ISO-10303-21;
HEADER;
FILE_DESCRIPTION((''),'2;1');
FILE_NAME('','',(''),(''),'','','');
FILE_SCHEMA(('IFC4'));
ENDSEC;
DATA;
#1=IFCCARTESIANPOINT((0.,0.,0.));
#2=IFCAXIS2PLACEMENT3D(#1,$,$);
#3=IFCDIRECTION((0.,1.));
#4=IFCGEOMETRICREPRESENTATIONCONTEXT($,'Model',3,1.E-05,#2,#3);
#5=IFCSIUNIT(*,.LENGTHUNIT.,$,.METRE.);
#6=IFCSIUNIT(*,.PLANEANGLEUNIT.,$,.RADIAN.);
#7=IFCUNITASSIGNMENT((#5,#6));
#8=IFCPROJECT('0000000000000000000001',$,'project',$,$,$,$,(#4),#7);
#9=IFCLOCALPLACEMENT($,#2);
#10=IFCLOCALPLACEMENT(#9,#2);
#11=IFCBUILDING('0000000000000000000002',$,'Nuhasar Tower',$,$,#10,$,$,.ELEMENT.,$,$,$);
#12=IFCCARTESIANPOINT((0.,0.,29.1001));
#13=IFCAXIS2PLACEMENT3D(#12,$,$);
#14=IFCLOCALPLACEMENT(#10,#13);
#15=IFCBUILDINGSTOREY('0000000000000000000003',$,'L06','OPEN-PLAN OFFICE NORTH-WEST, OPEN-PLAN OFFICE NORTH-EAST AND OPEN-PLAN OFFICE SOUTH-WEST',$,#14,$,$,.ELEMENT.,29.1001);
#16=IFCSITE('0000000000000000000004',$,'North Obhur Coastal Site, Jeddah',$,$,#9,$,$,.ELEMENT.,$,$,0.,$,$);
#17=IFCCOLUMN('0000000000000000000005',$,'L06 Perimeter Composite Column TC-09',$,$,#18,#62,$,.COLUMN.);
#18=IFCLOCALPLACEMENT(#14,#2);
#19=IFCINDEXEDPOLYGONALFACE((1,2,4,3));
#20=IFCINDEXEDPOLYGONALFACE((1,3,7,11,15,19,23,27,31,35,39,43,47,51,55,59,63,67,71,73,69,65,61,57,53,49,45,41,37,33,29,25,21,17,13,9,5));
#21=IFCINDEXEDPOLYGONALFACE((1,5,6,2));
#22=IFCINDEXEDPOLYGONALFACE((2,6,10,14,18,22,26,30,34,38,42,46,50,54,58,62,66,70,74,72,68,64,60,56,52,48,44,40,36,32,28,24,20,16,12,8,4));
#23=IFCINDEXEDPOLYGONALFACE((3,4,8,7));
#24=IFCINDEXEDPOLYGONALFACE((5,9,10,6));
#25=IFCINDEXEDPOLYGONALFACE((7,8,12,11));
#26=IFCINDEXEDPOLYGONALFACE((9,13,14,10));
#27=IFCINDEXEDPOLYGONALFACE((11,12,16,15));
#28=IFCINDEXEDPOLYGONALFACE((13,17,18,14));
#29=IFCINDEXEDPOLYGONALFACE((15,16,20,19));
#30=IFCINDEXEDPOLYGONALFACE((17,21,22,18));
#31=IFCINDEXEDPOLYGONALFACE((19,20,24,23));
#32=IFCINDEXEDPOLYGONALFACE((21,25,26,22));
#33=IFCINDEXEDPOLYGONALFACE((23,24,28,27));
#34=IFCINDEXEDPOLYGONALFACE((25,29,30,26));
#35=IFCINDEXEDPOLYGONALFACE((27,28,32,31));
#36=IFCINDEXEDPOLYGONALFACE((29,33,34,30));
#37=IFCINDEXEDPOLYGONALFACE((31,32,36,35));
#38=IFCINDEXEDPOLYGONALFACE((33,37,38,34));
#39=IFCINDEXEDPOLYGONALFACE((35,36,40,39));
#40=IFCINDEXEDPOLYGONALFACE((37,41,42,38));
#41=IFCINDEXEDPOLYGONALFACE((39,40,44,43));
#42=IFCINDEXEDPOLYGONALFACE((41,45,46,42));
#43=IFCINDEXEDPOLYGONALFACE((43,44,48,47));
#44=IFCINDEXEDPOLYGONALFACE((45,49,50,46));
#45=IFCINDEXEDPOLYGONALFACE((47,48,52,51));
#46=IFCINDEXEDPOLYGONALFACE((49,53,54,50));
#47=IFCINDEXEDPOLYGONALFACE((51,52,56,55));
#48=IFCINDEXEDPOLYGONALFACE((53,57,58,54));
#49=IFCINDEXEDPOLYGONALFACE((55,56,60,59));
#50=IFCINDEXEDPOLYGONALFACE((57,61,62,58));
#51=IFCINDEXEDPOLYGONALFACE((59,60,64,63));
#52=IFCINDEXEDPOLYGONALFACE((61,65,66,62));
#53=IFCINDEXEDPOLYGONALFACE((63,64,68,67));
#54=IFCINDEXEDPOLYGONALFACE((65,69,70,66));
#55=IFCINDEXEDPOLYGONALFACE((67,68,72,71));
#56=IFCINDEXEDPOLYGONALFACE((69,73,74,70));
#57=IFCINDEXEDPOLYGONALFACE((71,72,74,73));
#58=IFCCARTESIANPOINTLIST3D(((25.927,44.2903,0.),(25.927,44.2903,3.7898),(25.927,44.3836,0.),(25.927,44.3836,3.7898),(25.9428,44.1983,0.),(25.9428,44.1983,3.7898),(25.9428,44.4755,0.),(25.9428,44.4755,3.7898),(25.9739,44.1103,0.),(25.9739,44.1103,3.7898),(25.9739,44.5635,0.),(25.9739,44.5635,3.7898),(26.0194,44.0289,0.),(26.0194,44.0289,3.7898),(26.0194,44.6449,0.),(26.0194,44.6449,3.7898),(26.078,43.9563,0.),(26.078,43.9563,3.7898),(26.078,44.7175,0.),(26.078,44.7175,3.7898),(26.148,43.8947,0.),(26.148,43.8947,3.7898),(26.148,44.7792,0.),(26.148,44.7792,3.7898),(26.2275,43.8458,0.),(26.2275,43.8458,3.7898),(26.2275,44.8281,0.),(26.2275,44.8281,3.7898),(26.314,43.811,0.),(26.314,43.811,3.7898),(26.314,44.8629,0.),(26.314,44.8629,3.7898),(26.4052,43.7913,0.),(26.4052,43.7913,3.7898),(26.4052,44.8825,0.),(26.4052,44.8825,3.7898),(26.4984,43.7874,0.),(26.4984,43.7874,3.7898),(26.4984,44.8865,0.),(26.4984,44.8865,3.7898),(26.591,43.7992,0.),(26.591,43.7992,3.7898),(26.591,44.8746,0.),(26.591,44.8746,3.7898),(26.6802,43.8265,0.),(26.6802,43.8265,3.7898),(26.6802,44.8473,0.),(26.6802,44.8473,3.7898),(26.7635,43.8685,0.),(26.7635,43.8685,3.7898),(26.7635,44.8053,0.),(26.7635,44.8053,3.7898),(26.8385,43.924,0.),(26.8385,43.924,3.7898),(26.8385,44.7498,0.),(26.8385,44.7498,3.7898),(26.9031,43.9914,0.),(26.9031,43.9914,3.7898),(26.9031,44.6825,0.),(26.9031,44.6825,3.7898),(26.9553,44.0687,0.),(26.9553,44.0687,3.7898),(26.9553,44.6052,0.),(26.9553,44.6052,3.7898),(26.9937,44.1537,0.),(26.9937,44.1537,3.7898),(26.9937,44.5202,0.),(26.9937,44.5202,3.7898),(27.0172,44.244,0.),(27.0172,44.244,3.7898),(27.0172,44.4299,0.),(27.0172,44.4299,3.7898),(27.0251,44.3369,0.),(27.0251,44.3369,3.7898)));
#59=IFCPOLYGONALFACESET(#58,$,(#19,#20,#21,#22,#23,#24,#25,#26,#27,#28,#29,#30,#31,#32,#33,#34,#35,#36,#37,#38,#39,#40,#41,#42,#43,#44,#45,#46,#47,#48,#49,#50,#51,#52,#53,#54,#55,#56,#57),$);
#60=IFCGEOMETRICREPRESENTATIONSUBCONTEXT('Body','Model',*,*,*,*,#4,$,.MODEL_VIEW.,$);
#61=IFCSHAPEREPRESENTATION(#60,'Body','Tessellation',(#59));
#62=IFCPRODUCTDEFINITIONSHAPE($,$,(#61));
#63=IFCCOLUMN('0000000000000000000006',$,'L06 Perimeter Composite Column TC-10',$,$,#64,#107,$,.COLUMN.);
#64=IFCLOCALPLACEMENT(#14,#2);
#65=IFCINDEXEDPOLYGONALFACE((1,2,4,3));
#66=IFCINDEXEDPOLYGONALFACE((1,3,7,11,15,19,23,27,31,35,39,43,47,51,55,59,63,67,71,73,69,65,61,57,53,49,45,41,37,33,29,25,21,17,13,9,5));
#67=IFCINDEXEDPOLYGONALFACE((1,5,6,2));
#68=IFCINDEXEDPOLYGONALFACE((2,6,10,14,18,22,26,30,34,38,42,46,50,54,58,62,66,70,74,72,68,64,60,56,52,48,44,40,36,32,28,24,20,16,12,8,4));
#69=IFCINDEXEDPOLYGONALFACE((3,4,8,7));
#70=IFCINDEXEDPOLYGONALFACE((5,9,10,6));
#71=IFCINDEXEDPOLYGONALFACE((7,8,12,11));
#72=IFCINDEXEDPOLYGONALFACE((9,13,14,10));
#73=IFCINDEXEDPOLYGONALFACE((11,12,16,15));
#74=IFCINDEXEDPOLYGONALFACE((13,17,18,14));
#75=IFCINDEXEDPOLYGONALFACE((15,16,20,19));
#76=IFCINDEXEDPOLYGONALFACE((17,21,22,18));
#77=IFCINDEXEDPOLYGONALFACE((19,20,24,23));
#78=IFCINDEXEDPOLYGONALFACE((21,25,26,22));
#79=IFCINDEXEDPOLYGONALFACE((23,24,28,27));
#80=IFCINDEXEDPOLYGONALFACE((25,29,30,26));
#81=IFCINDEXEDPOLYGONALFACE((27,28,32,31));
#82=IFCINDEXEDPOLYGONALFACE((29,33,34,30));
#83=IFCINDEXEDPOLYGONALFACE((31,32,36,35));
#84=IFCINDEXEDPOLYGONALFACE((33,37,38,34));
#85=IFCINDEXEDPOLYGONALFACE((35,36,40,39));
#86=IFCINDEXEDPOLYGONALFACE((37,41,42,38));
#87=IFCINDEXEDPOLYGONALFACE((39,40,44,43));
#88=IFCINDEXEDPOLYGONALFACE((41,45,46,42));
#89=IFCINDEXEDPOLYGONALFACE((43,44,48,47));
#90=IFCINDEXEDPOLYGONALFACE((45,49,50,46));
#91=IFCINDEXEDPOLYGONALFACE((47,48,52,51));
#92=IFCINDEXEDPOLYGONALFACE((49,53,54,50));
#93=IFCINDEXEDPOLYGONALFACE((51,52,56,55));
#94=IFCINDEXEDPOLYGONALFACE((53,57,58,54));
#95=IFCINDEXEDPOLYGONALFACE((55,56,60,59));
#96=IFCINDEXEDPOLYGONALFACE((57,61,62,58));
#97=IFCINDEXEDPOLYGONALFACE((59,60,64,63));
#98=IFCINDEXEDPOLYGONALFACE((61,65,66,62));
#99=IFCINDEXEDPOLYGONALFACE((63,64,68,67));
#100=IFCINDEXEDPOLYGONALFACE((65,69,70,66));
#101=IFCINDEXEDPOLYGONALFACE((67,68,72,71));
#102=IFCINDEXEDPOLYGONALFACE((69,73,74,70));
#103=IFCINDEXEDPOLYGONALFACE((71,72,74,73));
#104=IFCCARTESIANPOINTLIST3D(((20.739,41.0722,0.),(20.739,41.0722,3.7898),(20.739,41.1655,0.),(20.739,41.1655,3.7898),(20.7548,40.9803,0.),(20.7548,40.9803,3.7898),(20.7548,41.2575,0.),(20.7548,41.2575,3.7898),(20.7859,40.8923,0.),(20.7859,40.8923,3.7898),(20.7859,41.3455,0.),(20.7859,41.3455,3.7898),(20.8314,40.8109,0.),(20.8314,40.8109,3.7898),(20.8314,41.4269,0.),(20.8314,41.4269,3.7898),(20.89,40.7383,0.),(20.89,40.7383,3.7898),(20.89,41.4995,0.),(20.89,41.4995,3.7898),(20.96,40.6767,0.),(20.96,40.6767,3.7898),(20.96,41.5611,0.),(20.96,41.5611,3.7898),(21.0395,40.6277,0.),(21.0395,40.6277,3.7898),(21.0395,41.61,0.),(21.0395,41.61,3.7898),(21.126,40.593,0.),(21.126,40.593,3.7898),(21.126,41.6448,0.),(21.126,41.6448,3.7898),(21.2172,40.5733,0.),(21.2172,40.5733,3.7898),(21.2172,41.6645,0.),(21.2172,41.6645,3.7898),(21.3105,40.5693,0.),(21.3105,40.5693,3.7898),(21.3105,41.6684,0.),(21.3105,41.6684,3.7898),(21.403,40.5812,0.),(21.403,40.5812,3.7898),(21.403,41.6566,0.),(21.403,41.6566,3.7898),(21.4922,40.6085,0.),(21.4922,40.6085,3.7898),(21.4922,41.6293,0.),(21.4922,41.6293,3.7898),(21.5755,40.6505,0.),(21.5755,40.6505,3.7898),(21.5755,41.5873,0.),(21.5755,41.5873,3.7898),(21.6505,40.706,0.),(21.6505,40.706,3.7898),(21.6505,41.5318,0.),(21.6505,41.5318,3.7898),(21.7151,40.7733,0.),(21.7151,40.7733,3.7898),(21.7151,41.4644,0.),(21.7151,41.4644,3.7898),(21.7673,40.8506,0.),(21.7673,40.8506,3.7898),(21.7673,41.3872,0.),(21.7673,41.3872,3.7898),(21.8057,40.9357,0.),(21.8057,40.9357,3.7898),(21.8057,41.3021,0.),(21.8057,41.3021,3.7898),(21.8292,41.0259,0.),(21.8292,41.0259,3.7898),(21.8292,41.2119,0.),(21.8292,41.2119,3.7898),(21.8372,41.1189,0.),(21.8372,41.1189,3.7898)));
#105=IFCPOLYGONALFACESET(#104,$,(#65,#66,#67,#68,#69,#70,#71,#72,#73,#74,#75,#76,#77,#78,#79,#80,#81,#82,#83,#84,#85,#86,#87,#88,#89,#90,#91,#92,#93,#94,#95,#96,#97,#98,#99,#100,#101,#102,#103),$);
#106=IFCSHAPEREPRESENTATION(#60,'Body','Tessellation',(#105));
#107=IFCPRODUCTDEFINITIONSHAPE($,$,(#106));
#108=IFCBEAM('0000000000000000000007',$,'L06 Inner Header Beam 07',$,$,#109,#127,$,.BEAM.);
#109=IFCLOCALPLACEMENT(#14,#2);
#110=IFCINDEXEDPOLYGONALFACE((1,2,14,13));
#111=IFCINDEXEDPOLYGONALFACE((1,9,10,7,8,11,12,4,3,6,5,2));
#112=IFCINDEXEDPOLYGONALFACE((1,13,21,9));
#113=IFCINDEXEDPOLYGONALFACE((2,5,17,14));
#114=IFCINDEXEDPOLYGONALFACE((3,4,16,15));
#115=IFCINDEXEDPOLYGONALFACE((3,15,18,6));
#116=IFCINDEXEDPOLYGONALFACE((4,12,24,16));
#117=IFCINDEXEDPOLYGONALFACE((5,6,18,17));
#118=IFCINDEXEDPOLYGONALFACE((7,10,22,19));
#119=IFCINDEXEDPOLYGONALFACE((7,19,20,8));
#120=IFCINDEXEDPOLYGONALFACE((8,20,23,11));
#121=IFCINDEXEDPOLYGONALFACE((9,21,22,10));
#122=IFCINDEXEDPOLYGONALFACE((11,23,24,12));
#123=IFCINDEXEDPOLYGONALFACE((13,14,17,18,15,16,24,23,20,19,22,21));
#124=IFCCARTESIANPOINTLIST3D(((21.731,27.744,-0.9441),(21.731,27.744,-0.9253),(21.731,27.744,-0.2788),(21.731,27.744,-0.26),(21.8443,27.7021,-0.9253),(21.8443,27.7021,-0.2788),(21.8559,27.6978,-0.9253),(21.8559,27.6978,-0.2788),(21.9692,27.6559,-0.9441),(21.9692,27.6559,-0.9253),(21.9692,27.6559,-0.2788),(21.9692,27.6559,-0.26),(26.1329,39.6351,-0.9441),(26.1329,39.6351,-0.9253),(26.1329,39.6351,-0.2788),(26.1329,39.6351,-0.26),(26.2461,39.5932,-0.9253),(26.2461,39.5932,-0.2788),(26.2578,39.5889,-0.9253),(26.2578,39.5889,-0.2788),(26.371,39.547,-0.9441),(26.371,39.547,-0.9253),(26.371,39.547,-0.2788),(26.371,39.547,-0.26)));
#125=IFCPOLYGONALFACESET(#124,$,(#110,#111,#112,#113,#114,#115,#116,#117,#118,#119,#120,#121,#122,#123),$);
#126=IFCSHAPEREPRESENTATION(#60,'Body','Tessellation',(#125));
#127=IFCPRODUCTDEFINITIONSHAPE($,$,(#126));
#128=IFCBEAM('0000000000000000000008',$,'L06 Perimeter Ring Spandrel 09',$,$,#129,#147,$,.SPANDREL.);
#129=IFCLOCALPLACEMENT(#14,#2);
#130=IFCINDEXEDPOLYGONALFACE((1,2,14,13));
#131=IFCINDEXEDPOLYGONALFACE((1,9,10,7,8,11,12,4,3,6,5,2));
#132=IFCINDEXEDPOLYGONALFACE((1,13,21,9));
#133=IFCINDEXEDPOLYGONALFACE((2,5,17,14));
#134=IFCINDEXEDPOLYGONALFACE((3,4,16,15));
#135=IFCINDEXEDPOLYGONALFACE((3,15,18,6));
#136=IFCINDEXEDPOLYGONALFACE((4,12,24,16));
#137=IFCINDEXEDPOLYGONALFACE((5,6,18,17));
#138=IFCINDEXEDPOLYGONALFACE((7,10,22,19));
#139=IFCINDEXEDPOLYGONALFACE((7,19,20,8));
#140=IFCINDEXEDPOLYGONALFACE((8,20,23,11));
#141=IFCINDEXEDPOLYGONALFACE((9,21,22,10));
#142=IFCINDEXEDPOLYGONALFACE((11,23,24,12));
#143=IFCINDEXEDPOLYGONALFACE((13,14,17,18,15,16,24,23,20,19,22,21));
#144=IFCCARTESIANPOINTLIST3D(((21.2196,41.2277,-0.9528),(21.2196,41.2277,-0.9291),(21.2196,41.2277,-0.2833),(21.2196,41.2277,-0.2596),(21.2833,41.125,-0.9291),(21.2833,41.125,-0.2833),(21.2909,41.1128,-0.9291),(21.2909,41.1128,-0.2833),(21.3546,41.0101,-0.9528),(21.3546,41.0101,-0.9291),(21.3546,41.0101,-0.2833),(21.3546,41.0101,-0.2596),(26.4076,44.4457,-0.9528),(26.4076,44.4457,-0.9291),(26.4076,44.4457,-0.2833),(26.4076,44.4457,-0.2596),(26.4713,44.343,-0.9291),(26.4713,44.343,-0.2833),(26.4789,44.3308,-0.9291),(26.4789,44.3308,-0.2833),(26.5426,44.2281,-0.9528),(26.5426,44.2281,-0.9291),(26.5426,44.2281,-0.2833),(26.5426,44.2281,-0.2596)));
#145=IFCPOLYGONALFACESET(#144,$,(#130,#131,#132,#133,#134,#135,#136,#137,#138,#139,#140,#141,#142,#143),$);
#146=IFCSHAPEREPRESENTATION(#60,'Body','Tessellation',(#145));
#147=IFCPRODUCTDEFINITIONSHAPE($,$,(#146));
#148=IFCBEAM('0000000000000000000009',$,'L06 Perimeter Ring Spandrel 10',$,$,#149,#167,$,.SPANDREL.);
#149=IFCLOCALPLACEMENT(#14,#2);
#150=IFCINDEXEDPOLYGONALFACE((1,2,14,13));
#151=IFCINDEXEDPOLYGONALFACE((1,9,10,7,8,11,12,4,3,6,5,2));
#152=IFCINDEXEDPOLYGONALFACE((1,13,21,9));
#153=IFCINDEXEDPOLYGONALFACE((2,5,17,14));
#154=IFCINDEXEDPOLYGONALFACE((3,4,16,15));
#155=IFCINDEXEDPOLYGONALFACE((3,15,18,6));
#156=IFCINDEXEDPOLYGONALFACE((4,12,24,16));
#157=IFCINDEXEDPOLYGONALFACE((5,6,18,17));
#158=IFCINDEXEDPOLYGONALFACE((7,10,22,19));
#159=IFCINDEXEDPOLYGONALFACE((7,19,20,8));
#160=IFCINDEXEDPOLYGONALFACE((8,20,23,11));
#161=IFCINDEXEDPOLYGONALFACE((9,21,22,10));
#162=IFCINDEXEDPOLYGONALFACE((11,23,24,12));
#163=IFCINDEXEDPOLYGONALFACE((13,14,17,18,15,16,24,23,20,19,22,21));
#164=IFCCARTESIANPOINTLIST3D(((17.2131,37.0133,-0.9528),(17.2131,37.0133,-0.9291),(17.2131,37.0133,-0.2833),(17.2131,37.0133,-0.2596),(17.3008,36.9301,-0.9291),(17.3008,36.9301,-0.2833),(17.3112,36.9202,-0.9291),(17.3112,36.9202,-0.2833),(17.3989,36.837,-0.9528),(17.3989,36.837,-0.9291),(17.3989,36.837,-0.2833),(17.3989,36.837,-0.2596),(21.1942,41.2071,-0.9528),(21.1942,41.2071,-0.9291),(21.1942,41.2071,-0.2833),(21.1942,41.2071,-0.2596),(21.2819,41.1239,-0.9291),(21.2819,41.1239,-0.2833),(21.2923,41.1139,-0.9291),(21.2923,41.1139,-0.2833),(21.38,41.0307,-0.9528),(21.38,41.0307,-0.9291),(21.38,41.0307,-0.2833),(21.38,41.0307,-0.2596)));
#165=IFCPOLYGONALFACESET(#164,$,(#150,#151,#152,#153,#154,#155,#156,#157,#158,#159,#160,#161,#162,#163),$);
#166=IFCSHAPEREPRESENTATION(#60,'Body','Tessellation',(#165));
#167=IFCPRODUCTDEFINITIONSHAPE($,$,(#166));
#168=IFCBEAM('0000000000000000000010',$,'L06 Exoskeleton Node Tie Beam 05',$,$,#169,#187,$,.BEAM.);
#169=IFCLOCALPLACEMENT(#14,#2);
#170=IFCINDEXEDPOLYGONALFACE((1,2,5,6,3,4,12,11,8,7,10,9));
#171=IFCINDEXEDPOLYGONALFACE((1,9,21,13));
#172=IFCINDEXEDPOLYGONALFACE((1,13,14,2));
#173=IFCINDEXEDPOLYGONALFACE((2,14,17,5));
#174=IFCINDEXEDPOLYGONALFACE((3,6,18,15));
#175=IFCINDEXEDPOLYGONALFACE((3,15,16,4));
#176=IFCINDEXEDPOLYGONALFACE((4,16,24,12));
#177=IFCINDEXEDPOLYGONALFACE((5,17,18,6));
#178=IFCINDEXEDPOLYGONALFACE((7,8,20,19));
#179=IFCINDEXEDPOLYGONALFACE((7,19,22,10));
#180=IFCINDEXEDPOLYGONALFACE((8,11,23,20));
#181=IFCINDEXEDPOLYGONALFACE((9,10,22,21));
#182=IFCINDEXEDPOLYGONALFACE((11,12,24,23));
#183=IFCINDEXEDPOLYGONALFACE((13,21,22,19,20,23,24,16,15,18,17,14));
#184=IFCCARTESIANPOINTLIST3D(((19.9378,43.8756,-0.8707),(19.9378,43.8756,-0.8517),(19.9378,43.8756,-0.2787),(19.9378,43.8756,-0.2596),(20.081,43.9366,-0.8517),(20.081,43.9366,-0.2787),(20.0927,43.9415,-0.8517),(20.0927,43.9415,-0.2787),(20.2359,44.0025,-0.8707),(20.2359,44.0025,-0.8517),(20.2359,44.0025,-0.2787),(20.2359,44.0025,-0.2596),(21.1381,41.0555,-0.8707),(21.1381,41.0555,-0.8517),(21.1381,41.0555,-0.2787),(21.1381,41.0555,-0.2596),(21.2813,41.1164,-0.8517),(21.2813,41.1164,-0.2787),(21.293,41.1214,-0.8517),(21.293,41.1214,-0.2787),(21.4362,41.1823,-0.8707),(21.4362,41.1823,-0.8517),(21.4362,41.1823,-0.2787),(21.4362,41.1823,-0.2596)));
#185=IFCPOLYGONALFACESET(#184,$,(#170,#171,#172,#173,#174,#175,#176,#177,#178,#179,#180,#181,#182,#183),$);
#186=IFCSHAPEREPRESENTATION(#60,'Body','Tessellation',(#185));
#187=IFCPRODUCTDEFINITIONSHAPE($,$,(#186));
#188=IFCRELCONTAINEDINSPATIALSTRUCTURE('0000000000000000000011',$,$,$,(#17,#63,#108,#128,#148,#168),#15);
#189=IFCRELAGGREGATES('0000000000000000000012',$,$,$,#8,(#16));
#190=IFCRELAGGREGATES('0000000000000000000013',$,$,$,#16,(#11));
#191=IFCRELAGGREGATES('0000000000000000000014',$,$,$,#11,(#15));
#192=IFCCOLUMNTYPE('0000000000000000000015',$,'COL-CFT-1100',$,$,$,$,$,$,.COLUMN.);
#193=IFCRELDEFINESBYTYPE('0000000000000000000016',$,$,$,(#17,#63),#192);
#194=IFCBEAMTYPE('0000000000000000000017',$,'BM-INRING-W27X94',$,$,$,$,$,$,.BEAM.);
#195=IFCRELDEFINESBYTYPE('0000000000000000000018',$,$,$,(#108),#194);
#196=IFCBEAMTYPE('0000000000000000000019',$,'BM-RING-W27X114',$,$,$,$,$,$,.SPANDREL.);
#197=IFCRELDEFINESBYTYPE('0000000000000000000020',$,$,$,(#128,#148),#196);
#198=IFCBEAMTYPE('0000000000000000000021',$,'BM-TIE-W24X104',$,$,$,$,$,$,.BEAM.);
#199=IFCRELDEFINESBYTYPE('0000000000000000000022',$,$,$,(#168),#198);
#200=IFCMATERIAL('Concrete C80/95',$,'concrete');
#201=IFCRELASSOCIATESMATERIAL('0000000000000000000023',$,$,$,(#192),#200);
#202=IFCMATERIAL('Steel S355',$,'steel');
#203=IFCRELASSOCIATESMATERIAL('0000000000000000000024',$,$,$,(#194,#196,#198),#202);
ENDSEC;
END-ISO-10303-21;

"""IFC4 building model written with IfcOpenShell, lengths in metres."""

from ifc_helpers import new_model, si_unit, direction, frame, origin, origin_2d, place, context, subcontext, project, spatial, circle, i_section, extrude, material, material_profile, profile_set, type_object, element, save


model = new_model("IFC4")

# Units and contexts
model_context = context("Model", 3, precision=1e-05, world=origin(), true_north=direction((0.0, 1.0)))
body_context = subcontext(model_context, "Body", "Model", "MODEL_VIEW")
ifc_project = project(units=[si_unit("LENGTHUNIT", "METRE"), si_unit("PLANEANGLEUNIT", "RADIAN")], contexts=[model_context])

# Site, building, storey
site_placement = place(None, origin())
site = spatial("IfcSite", under=ifc_project, at=site_placement, Name="North Obhur Coastal Site, Jeddah", CompositionType="ELEMENT", RefElevation=0.0)
building_placement = place(site_placement, origin())
building = spatial("IfcBuilding", under=site, at=building_placement, Name="Nuhasar Tower", CompositionType="ELEMENT")
storey_placement = place(building_placement, frame((0.0, 0.0, 29.1001)))
storey = spatial("IfcBuildingStorey", under=building, at=storey_placement, Name="L06", Description="OPEN-PLAN OFFICE NORTH-WEST, OPEN-PLAN OFFICE NORTH-EAST AND OPEN-PLAN OFFICE SOUTH-WEST", CompositionType="ELEMENT", Elevation=29.1001)

# Columns
ifc_material_1 = material(Name="Concrete C80/95", Category="concrete")
ifc_material_profile_1 = material_profile(ifc_material_1, circle(Radius=0.55, at=origin_2d()), Name="CFT1100")
ifc_profile_set_1 = profile_set([ifc_material_profile_1], Name="Concrete C80/95")
column_type = type_object("IfcColumnType", Name="COL-CFT-1100", PredefinedType="COLUMN", material=ifc_profile_set_1)
for number, where, z_axis, x_axis, name in (
    (1, (26.4751, 44.3369, 0.0), (0.0, 0.0, 1.0), (1.0, 0.0, 0.0), "L06 Perimeter Composite Column TC-09"),
    (2, (21.2871, 41.1189, 0.0), (0.0, 0.0, 1.0), (1.0, 0.0, 0.0), "L06 Perimeter Composite Column TC-10"),
):
    element("IfcColumn", number, at=place(storey_placement, frame(where, z_axis=z_axis, x_axis=x_axis)), inside=storey, type_object=column_type, Name=name, PredefinedType="COLUMN", context=body_context, shape_type="SweptSolid", body=[
        extrude(circle(Radius=0.55, at=origin_2d()), origin(), (0.0, 0.0, 1.0), 3.7898),
    ])

# Beams
ifc_material_2 = material(Name="Steel S355", Category="steel")
ifc_material_profile_2 = material_profile(ifc_material_2, i_section(OverallWidth=0.2539, OverallDepth=0.6841, WebThickness=0.0125, FlangeThickness=0.0188, at=origin_2d()), Name="W27X94")
ifc_profile_set_2 = profile_set([ifc_material_profile_2], Name="Steel S355")
beam_type_1 = type_object("IfcBeamType", Name="BM-INRING-W27X94", PredefinedType="BEAM", material=ifc_profile_set_2)
beam_1_placement = place(storey_placement, frame((26.252, 39.5911, -0.6021), z_axis=(-0.347158, -0.937807, 0.0), x_axis=(0.937807, -0.347158, 0.0)))
element("IfcBeam", 3, at=beam_1_placement, inside=storey, type_object=beam_type_1, Name="L06 Inner Header Beam 07", PredefinedType="BEAM", context=body_context, shape_type="SweptSolid", body=[
    extrude(i_section(OverallWidth=0.2539, OverallDepth=0.6841, WebThickness=0.0125, FlangeThickness=0.0188, at=origin_2d()), origin(), (0.0, 0.0, 1.0), 12.6797),
])
ifc_material_profile_3 = material_profile(ifc_material_2, i_section(OverallWidth=0.2561, OverallDepth=0.6931, WebThickness=0.0144, FlangeThickness=0.0237, at=origin_2d()), Name="W27X114")
ifc_profile_set_3 = profile_set([ifc_material_profile_3], Name="Steel S355")
beam_type_2 = type_object("IfcBeamType", Name="BM-RING-W27X114", PredefinedType="SPANDREL", material=ifc_profile_set_3)
beam_2_placement = place(storey_placement, frame((26.4751, 44.3369, -0.6062), z_axis=(-0.849795, -0.527113, 0.0), x_axis=(0.527113, -0.849795, 0.0)))
element("IfcBeam", 4, at=beam_2_placement, inside=storey, type_object=beam_type_2, Name="L06 Perimeter Ring Spandrel 09", PredefinedType="SPANDREL", context=body_context, shape_type="SweptSolid", body=[
    extrude(i_section(OverallWidth=0.2561, OverallDepth=0.6931, WebThickness=0.0144, FlangeThickness=0.0237, at=origin_2d()), origin(), (0.0, 0.0, 1.0), 6.105),
])
beam_3_placement = place(storey_placement, frame((21.2871, 41.1189, -0.6062), z_axis=(-0.688481, -0.725254, 0.0), x_axis=(0.725254, -0.688481, 0.0)))
element("IfcBeam", 5, at=beam_3_placement, inside=storey, type_object=beam_type_2, Name="L06 Perimeter Ring Spandrel 10", PredefinedType="SPANDREL", context=body_context, shape_type="SweptSolid", body=[
    extrude(i_section(OverallWidth=0.2561, OverallDepth=0.6931, WebThickness=0.0144, FlangeThickness=0.0237, at=origin_2d()), origin(), (0.0, 0.0, 1.0), 5.7825),
])
ifc_material_profile_4 = material_profile(ifc_material_2, i_section(OverallWidth=0.324, OverallDepth=0.6111, WebThickness=0.0127, FlangeThickness=0.019, at=origin_2d()), Name="W24X104")
ifc_profile_set_4 = profile_set([ifc_material_profile_4], Name="Steel S355")
beam_type_3 = type_object("IfcBeamType", Name="BM-TIE-W24X104", PredefinedType="BEAM", material=ifc_profile_set_4)
beam_4_placement = place(storey_placement, frame((21.2871, 41.1189, -0.5652), z_axis=(-0.391601, 0.920135, 0.0), x_axis=(-0.920135, -0.391601, 0.0)))
element("IfcBeam", 6, at=beam_4_placement, inside=storey, type_object=beam_type_3, Name="L06 Exoskeleton Node Tie Beam 05", PredefinedType="BEAM", context=body_context, shape_type="SweptSolid", body=[
    extrude(i_section(OverallWidth=0.324, OverallDepth=0.6111, WebThickness=0.0127, FlangeThickness=0.019, at=origin_2d()), origin(), (0.0, 0.0, 1.0), 3.0649),
])

save(model, "model.ifc")
